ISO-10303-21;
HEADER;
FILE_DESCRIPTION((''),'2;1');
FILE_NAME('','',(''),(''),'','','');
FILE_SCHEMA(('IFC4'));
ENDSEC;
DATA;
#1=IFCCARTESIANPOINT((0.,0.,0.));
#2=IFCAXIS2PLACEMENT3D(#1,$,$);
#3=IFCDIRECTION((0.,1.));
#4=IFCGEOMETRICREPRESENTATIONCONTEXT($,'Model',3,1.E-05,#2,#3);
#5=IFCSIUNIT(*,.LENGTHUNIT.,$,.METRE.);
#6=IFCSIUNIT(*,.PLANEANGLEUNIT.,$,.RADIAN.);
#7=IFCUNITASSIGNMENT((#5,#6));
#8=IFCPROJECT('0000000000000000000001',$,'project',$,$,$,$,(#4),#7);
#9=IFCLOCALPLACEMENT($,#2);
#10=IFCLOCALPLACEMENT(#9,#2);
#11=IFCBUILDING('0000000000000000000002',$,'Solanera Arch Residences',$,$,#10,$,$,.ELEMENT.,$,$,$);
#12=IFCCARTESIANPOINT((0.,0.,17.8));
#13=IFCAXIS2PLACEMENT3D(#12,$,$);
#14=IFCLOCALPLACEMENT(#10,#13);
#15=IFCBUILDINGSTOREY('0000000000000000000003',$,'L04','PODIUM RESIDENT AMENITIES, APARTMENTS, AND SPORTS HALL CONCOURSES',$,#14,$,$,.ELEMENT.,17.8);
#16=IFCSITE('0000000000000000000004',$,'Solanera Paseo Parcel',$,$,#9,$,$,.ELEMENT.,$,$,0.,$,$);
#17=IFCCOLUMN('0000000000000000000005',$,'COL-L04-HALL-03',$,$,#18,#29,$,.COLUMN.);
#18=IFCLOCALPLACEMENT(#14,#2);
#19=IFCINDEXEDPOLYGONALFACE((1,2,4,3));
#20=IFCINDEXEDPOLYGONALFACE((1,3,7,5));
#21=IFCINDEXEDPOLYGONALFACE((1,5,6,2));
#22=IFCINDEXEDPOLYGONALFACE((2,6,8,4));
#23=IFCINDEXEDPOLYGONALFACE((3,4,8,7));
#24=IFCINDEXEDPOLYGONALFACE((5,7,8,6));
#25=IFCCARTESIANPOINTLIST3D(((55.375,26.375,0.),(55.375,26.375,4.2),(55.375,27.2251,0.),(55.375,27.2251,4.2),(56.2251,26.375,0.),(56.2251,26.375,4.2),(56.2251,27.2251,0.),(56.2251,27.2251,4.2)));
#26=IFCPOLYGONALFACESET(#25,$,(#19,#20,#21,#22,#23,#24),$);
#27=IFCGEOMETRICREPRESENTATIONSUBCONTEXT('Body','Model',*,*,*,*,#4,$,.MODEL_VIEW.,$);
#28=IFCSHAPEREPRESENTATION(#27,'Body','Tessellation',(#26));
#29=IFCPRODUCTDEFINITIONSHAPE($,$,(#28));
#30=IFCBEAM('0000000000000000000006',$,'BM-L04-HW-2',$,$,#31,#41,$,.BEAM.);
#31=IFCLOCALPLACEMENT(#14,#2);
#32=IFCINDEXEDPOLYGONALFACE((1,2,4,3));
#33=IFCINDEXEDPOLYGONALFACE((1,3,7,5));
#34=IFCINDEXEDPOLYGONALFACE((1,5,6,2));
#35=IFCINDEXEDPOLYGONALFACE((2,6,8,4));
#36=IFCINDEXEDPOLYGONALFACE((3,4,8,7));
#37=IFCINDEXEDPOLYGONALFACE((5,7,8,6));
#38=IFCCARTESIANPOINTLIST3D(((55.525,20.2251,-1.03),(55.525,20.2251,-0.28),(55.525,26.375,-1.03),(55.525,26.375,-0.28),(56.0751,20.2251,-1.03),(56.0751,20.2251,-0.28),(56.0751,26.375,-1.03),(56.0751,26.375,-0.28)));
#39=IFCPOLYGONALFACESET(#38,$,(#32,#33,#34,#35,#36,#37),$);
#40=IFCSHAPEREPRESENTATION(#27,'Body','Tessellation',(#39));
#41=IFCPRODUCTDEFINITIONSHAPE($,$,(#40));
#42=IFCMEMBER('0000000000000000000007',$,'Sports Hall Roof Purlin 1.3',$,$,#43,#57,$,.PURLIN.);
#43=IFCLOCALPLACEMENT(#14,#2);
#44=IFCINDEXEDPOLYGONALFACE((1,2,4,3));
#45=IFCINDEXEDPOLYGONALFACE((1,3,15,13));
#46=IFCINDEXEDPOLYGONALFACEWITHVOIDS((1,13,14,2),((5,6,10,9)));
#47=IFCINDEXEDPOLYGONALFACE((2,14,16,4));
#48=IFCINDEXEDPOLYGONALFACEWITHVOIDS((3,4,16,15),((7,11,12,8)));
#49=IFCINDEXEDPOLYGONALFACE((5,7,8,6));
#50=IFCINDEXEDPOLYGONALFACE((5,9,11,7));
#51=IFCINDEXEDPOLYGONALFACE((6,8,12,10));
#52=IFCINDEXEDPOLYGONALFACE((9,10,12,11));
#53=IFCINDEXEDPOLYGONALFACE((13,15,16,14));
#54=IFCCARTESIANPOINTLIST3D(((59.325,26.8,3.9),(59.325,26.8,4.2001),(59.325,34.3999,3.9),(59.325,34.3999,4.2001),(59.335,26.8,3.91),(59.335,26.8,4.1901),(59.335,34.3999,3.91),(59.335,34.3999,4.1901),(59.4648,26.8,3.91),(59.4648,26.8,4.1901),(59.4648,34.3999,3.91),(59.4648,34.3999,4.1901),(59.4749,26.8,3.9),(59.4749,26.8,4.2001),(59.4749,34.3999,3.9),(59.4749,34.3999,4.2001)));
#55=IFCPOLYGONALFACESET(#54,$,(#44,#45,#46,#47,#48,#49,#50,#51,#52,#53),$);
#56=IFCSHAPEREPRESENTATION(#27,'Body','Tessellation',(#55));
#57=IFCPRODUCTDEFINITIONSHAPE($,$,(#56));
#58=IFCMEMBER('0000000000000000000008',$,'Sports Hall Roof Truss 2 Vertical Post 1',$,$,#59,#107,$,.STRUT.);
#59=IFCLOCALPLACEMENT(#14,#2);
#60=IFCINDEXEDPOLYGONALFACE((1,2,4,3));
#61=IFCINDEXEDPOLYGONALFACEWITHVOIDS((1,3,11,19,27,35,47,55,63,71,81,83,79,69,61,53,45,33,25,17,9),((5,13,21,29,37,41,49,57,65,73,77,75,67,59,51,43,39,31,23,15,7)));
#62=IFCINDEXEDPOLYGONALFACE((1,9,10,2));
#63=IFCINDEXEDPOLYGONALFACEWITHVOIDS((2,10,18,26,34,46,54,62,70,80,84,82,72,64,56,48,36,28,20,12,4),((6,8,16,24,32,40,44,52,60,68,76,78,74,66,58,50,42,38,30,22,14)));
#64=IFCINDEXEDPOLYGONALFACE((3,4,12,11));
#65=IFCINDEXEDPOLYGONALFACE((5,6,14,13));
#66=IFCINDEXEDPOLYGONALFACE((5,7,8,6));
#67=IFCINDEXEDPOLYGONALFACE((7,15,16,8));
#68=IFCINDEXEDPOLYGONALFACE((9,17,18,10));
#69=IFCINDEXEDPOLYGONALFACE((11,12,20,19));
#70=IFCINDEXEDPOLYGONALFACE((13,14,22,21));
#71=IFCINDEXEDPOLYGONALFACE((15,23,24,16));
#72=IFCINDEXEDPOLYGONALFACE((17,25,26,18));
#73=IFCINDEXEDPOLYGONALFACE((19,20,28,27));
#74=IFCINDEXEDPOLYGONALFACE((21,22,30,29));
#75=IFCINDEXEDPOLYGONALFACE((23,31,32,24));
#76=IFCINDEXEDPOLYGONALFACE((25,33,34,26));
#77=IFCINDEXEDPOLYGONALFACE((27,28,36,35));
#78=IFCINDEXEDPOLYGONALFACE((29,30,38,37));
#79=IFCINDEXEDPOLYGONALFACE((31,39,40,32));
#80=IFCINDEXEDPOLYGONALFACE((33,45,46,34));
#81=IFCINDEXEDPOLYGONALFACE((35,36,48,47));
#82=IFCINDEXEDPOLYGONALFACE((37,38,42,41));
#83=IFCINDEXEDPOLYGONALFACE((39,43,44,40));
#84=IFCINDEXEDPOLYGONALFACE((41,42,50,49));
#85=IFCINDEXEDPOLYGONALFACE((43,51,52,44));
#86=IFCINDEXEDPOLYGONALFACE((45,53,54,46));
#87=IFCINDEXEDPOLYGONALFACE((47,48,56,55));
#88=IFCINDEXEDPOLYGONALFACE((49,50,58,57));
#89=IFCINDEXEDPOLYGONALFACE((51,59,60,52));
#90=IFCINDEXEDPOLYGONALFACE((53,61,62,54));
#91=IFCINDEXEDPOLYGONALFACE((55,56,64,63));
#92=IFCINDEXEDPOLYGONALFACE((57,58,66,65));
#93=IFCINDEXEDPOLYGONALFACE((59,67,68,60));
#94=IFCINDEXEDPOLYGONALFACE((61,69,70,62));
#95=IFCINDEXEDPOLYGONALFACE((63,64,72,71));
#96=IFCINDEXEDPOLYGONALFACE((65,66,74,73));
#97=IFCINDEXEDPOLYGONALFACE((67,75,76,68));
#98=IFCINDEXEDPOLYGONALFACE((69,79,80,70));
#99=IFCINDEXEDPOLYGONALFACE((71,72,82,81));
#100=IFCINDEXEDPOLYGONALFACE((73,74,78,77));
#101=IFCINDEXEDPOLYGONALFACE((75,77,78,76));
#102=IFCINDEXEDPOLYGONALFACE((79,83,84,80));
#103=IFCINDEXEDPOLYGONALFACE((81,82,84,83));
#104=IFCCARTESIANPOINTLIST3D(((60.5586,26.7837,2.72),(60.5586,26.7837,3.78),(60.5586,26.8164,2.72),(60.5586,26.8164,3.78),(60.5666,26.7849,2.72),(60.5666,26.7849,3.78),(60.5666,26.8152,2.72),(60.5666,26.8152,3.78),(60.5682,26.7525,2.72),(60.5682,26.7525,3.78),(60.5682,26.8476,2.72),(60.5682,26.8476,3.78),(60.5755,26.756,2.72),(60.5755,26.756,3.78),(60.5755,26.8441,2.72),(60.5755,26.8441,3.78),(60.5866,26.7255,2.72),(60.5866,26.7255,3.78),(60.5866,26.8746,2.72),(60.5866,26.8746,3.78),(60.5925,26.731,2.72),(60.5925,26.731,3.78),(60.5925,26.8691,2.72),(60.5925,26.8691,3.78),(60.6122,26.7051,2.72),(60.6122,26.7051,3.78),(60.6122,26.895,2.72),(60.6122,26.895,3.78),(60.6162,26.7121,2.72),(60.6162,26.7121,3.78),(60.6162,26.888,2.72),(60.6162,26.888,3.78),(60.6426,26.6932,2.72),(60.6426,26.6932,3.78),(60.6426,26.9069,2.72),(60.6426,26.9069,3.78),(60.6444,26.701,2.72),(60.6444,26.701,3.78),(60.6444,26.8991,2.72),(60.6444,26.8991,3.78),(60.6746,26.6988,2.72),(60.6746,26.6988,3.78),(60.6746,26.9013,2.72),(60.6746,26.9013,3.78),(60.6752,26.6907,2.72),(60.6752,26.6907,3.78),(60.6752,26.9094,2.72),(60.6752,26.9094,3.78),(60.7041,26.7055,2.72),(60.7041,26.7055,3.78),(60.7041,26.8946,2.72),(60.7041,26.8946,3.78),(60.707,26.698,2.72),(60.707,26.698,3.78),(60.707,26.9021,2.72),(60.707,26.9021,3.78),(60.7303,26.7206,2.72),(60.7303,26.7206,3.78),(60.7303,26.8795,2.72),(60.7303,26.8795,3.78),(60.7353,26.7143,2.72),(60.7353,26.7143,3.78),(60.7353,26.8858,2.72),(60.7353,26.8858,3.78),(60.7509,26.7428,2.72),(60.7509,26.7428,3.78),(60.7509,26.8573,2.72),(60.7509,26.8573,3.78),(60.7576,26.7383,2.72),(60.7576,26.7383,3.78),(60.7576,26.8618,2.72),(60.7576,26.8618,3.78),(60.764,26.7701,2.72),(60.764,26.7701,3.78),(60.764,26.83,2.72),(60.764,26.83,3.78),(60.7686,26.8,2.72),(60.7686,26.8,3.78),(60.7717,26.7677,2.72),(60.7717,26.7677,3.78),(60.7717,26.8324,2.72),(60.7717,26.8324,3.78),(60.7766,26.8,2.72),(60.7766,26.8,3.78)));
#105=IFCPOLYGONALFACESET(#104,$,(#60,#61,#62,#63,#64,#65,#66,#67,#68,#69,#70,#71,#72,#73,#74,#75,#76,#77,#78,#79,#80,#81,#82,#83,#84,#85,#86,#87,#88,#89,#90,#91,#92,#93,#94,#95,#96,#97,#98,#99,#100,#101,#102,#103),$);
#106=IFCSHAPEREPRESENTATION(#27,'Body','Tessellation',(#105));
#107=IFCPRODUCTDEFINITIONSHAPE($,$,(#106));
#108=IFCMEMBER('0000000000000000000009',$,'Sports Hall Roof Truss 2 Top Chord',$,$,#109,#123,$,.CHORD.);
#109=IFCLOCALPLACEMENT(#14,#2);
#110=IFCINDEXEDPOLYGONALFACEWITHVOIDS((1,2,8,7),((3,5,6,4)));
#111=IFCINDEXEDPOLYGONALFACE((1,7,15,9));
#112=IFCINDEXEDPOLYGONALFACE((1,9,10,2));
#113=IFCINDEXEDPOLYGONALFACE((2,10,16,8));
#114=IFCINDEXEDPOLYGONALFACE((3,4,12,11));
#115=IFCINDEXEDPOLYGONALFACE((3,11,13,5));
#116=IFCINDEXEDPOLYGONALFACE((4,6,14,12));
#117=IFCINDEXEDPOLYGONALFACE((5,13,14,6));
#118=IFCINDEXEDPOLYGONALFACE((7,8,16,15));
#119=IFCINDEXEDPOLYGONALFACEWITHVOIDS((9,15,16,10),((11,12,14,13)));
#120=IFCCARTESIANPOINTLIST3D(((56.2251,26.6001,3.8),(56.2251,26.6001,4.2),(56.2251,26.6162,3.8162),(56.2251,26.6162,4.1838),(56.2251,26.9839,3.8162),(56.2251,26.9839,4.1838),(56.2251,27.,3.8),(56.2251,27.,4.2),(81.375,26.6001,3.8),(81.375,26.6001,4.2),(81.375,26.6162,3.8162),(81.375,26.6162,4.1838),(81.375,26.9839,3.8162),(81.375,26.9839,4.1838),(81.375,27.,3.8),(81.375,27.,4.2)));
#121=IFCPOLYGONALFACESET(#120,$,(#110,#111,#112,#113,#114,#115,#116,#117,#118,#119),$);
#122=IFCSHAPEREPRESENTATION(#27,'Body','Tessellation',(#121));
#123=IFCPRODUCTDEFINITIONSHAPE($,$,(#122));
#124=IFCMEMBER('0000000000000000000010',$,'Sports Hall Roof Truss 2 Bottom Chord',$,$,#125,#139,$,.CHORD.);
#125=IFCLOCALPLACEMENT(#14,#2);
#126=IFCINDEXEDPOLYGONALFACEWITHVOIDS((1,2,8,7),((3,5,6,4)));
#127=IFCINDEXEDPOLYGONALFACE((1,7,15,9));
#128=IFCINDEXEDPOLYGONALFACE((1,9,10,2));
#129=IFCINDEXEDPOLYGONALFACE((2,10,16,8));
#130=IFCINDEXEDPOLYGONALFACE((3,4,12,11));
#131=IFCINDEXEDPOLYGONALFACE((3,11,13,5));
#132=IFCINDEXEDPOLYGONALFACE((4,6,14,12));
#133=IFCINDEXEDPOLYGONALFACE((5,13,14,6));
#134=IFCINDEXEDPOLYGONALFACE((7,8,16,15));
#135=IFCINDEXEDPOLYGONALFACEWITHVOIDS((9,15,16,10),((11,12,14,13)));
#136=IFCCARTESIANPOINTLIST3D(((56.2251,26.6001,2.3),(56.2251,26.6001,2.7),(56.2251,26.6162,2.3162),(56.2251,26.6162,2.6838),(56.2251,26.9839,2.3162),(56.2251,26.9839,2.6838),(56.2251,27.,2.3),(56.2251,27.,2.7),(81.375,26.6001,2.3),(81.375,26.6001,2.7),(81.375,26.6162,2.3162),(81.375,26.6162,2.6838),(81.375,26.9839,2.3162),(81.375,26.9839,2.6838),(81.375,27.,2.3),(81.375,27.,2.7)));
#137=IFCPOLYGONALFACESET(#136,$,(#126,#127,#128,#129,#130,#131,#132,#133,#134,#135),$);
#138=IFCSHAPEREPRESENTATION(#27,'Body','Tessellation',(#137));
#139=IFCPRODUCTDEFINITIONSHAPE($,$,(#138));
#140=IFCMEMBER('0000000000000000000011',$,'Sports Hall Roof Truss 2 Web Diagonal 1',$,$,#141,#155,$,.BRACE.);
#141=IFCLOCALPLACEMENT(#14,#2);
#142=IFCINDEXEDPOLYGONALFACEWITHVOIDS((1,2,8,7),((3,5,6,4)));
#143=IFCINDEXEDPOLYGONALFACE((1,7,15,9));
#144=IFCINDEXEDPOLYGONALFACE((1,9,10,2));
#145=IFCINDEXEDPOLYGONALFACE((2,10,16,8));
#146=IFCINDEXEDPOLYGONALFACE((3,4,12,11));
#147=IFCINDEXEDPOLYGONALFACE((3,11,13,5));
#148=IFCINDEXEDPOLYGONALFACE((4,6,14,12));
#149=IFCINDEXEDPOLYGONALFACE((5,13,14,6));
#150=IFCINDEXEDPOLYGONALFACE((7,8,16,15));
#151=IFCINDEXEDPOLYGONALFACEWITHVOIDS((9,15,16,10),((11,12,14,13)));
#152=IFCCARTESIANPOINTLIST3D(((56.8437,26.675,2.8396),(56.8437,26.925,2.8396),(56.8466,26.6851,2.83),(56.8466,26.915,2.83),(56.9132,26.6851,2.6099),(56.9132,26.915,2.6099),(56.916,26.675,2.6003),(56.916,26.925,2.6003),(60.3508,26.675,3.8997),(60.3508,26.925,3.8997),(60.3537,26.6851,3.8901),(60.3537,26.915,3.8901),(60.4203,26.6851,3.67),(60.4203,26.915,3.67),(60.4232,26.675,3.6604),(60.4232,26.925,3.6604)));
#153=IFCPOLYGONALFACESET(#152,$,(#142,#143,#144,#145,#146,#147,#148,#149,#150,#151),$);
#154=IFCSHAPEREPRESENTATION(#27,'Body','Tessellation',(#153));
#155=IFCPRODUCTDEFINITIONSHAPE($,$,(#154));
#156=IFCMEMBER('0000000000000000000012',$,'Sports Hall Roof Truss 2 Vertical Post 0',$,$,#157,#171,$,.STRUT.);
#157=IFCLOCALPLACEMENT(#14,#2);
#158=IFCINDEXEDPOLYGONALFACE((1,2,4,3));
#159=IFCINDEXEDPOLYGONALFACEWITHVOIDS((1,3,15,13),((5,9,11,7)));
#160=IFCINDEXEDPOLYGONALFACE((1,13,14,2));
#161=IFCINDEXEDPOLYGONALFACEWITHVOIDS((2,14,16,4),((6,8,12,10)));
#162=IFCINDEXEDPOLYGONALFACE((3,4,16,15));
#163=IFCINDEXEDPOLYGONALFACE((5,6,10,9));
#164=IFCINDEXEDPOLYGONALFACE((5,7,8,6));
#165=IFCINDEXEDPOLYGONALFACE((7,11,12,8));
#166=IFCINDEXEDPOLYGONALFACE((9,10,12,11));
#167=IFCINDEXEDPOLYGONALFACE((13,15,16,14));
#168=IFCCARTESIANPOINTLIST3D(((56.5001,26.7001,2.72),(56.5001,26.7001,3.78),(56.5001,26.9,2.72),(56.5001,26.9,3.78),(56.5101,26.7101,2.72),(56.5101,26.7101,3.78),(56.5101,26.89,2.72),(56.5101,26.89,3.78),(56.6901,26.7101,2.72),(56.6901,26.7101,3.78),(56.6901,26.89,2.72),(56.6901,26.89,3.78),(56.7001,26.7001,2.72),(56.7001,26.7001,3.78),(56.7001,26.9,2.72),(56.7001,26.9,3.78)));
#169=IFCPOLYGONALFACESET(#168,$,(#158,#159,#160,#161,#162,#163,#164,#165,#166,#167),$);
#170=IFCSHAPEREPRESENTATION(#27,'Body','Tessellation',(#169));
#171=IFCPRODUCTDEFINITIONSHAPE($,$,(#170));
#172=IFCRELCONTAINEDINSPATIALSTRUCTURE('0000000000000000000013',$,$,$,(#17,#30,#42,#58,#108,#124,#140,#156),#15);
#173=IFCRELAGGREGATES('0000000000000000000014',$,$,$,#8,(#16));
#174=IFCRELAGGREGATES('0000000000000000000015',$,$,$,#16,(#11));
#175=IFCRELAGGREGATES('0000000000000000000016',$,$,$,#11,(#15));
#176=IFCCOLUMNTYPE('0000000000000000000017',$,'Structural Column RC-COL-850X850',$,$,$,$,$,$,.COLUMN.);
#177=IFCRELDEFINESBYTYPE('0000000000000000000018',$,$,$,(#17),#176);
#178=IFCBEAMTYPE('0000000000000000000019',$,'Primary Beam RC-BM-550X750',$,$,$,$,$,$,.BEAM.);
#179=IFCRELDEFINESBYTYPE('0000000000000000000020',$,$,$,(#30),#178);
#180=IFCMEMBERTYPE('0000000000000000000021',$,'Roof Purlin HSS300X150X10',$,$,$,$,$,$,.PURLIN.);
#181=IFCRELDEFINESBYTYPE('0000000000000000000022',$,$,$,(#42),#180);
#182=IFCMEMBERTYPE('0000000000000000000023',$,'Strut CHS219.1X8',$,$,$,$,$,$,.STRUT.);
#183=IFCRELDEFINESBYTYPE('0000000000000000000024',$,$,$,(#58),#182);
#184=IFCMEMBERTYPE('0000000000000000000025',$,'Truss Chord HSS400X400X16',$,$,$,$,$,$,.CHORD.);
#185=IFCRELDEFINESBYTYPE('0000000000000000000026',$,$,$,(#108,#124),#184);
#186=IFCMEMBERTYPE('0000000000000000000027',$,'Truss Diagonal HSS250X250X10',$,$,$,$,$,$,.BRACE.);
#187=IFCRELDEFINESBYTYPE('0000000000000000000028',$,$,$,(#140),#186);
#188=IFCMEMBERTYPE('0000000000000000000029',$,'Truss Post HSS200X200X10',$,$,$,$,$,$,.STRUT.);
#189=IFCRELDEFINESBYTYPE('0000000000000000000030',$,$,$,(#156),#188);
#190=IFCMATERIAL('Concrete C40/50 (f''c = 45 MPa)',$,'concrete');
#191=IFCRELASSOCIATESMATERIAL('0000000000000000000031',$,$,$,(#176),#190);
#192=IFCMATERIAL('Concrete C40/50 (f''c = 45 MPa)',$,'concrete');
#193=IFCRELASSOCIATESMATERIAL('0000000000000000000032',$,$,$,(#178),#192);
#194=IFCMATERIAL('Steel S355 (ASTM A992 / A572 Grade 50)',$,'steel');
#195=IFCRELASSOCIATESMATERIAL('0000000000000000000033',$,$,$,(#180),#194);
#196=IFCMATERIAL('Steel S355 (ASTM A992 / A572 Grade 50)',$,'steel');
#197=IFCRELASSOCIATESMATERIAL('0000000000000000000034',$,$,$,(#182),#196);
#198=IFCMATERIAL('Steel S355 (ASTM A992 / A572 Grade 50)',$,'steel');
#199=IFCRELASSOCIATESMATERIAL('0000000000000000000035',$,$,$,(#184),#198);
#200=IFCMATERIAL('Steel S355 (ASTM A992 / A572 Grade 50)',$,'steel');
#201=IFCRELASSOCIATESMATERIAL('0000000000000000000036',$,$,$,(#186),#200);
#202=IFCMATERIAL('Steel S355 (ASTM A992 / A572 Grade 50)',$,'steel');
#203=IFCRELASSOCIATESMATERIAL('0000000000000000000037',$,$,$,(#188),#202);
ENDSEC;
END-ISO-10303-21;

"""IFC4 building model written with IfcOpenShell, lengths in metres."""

from ifc_helpers import new_model, si_unit, direction, frame, origin, origin_2d, place, context, subcontext, project, spatial, rectangle, hollow_rectangle, hollow_circle, extrude, material, material_profile, profile_set, type_object, element, save


model = new_model("IFC4")

# Units and contexts
model_context = context("Model", 3, precision=1e-05, world=origin(), true_north=direction((0.0, 1.0)))
body_context = subcontext(model_context, "Body", "Model", "MODEL_VIEW")
ifc_project = project(units=[si_unit("LENGTHUNIT", "METRE"), si_unit("PLANEANGLEUNIT", "RADIAN")], contexts=[model_context])

# Site, building, storey
site_placement = place(None, origin())
site = spatial("IfcSite", under=ifc_project, at=site_placement, Name="Solanera Paseo Parcel", CompositionType="ELEMENT", RefElevation=0.0)
building_placement = place(site_placement, origin())
building = spatial("IfcBuilding", under=site, at=building_placement, Name="Solanera Arch Residences", CompositionType="ELEMENT")
storey_placement = place(building_placement, frame((0.0, 0.0, 17.8)))
storey = spatial("IfcBuildingStorey", under=building, at=storey_placement, Name="L04", Description="PODIUM RESIDENT AMENITIES, APARTMENTS, AND SPORTS HALL CONCOURSES", CompositionType="ELEMENT", Elevation=17.8)

# Column
ifc_material_1 = material(Name="Concrete C40/50 (f'c = 45 MPa)", Category="concrete")
ifc_material_profile_1 = material_profile(ifc_material_1, rectangle(XDim=0.8501, YDim=0.8501, at=origin_2d()))
ifc_profile_set_1 = profile_set([ifc_material_profile_1], Name="Concrete C40/50 (f'c = 45 MPa)")
column_type = type_object("IfcColumnType", Name="Structural Column RC-COL-850X850", PredefinedType="COLUMN", material=ifc_profile_set_1)
column_placement = place(storey_placement, frame((55.8, 26.8, 0.0), z_axis=(0.0, 0.0, 1.0), x_axis=(1.0, 0.0, 0.0)))
element("IfcColumn", 1, at=column_placement, inside=storey, type_object=column_type, Name="COL-L04-HALL-03", PredefinedType="COLUMN", context=body_context, shape_type="SweptSolid", body=[
    extrude(rectangle(XDim=0.8501, YDim=0.8501, at=origin_2d()), origin(), (0.0, 0.0, 1.0), 4.2),
])

# Beam
ifc_material_2 = material(Name="Concrete C40/50 (f'c = 45 MPa)", Category="concrete")
ifc_material_profile_2 = material_profile(ifc_material_2, rectangle(XDim=0.55, YDim=0.75, at=origin_2d()))
ifc_profile_set_2 = profile_set([ifc_material_profile_2], Name="Concrete C40/50 (f'c = 45 MPa)")
beam_type = type_object("IfcBeamType", Name="Primary Beam RC-BM-550X750", PredefinedType="BEAM", material=ifc_profile_set_2)
beam_placement = place(storey_placement, frame((55.8, 20.2251, -0.655), z_axis=(0.0, 1.0, 0.0), x_axis=(-1.0, 0.0, 0.0)))
element("IfcBeam", 2, at=beam_placement, inside=storey, type_object=beam_type, Name="BM-L04-HW-2", PredefinedType="BEAM", context=body_context, shape_type="SweptSolid", body=[
    extrude(rectangle(XDim=0.55, YDim=0.75, at=origin_2d()), origin(), (0.0, 0.0, 1.0), 6.1499),
])

# Members
ifc_material_3 = material(Name="Steel S355 (ASTM A992 / A572 Grade 50)", Category="steel")
ifc_material_profile_3 = material_profile(ifc_material_3, hollow_rectangle(XDim=0.1499, YDim=0.3, WallThickness=0.01, at=origin_2d()))
ifc_profile_set_3 = profile_set([ifc_material_profile_3], Name="Steel S355 (ASTM A992 / A572 Grade 50)")
member_type_1 = type_object("IfcMemberType", Name="Roof Purlin HSS300X150X10", PredefinedType="PURLIN", material=ifc_profile_set_3)
member_1_placement = place(storey_placement, frame((59.3999, 26.8, 4.05), z_axis=(0.0, 1.0, 0.0), x_axis=(-1.0, 0.0, 0.0)))
element("IfcMember", 3, at=member_1_placement, inside=storey, type_object=member_type_1, Name="Sports Hall Roof Purlin 1.3", PredefinedType="PURLIN", context=body_context, shape_type="SweptSolid", body=[
    extrude(hollow_rectangle(XDim=0.1499, YDim=0.3, WallThickness=0.01, at=origin_2d()), origin(), (0.0, 0.0, 1.0), 7.5999),
])
ifc_material_4 = material(Name="Steel S355 (ASTM A992 / A572 Grade 50)", Category="steel")
ifc_material_profile_4 = material_profile(ifc_material_4, hollow_circle(Radius=0.1096, WallThickness=0.0081, at=origin_2d()))
ifc_profile_set_4 = profile_set([ifc_material_profile_4], Name="Steel S355 (ASTM A992 / A572 Grade 50)")
member_type_2 = type_object("IfcMemberType", Name="Strut CHS219.1X8", PredefinedType="STRUT", material=ifc_profile_set_4)
member_2_placement = place(storey_placement, frame((60.667, 26.8, 2.72), z_axis=(0.0, 0.0, 1.0), x_axis=(1.0, 0.0, 0.0)))
element("IfcMember", 4, at=member_2_placement, inside=storey, type_object=member_type_2, Name="Sports Hall Roof Truss 2 Vertical Post 1", PredefinedType="STRUT", context=body_context, shape_type="SweptSolid", body=[
    extrude(hollow_circle(Radius=0.1096, WallThickness=0.0081, at=origin_2d()), origin(), (0.0, 0.0, 1.0), 1.0601),
])
ifc_material_5 = material(Name="Steel S355 (ASTM A992 / A572 Grade 50)", Category="steel")
ifc_material_profile_5 = material_profile(ifc_material_5, hollow_rectangle(XDim=0.3999, YDim=0.3999, WallThickness=0.0161, at=origin_2d()))
ifc_profile_set_5 = profile_set([ifc_material_profile_5], Name="Steel S355 (ASTM A992 / A572 Grade 50)")
member_type_3 = type_object("IfcMemberType", Name="Truss Chord HSS400X400X16", PredefinedType="CHORD", material=ifc_profile_set_5)
for number, where, z_axis, x_axis, name in (
    (5, (56.2251, 26.8, 4.0), (1.0, 0.0, 0.0), (0.0, 1.0, 0.0), "Sports Hall Roof Truss 2 Top Chord"),
    (6, (56.2251, 26.8, 2.5), (1.0, 0.0, 0.0), (0.0, 1.0, 0.0), "Sports Hall Roof Truss 2 Bottom Chord"),
):
    element("IfcMember", number, at=place(storey_placement, frame(where, z_axis=z_axis, x_axis=x_axis)), inside=storey, type_object=member_type_3, Name=name, PredefinedType="CHORD", context=body_context, shape_type="SweptSolid", body=[
        extrude(hollow_rectangle(XDim=0.3999, YDim=0.3999, WallThickness=0.0161, at=origin_2d()), origin(), (0.0, 0.0, 1.0), 25.1499),
    ])
ifc_material_6 = material(Name="Steel S355 (ASTM A992 / A572 Grade 50)", Category="steel")
ifc_material_profile_6 = material_profile(ifc_material_6, hollow_rectangle(XDim=0.25, YDim=0.25, WallThickness=0.01, at=origin_2d()))
ifc_profile_set_6 = profile_set([ifc_material_profile_6], Name="Steel S355 (ASTM A992 / A572 Grade 50)")
member_type_4 = type_object("IfcMemberType", Name="Truss Diagonal HSS250X250X10", PredefinedType="BRACE", material=ifc_profile_set_6)
member_3_placement = place(storey_placement, frame((56.8799, 26.8, 2.72), z_axis=(0.957228, 0.0, 0.289334), x_axis=(0.0, 1.0, 0.0)))
element("IfcMember", 7, at=member_3_placement, inside=storey, type_object=member_type_4, Name="Sports Hall Roof Truss 2 Web Diagonal 1", PredefinedType="BRACE", context=body_context, shape_type="SweptSolid", body=[
    extrude(hollow_rectangle(XDim=0.25, YDim=0.25, WallThickness=0.01, at=origin_2d()), origin(), (0.0, 0.0, 1.0), 3.6638),
])
ifc_material_7 = material(Name="Steel S355 (ASTM A992 / A572 Grade 50)", Category="steel")
ifc_material_profile_7 = material_profile(ifc_material_7, hollow_rectangle(XDim=0.2, YDim=0.2, WallThickness=0.01, at=origin_2d()))
ifc_profile_set_7 = profile_set([ifc_material_profile_7], Name="Steel S355 (ASTM A992 / A572 Grade 50)")
member_type_5 = type_object("IfcMemberType", Name="Truss Post HSS200X200X10", PredefinedType="STRUT", material=ifc_profile_set_7)
member_4_placement = place(storey_placement, frame((56.6001, 26.8, 2.72), z_axis=(0.0, 0.0, 1.0), x_axis=(1.0, 0.0, 0.0)))
element("IfcMember", 8, at=member_4_placement, inside=storey, type_object=member_type_5, Name="Sports Hall Roof Truss 2 Vertical Post 0", PredefinedType="STRUT", context=body_context, shape_type="SweptSolid", body=[
    extrude(hollow_rectangle(XDim=0.2, YDim=0.2, WallThickness=0.01, at=origin_2d()), origin(), (0.0, 0.0, 1.0), 1.0601),
])

save(model, "model.ifc")
